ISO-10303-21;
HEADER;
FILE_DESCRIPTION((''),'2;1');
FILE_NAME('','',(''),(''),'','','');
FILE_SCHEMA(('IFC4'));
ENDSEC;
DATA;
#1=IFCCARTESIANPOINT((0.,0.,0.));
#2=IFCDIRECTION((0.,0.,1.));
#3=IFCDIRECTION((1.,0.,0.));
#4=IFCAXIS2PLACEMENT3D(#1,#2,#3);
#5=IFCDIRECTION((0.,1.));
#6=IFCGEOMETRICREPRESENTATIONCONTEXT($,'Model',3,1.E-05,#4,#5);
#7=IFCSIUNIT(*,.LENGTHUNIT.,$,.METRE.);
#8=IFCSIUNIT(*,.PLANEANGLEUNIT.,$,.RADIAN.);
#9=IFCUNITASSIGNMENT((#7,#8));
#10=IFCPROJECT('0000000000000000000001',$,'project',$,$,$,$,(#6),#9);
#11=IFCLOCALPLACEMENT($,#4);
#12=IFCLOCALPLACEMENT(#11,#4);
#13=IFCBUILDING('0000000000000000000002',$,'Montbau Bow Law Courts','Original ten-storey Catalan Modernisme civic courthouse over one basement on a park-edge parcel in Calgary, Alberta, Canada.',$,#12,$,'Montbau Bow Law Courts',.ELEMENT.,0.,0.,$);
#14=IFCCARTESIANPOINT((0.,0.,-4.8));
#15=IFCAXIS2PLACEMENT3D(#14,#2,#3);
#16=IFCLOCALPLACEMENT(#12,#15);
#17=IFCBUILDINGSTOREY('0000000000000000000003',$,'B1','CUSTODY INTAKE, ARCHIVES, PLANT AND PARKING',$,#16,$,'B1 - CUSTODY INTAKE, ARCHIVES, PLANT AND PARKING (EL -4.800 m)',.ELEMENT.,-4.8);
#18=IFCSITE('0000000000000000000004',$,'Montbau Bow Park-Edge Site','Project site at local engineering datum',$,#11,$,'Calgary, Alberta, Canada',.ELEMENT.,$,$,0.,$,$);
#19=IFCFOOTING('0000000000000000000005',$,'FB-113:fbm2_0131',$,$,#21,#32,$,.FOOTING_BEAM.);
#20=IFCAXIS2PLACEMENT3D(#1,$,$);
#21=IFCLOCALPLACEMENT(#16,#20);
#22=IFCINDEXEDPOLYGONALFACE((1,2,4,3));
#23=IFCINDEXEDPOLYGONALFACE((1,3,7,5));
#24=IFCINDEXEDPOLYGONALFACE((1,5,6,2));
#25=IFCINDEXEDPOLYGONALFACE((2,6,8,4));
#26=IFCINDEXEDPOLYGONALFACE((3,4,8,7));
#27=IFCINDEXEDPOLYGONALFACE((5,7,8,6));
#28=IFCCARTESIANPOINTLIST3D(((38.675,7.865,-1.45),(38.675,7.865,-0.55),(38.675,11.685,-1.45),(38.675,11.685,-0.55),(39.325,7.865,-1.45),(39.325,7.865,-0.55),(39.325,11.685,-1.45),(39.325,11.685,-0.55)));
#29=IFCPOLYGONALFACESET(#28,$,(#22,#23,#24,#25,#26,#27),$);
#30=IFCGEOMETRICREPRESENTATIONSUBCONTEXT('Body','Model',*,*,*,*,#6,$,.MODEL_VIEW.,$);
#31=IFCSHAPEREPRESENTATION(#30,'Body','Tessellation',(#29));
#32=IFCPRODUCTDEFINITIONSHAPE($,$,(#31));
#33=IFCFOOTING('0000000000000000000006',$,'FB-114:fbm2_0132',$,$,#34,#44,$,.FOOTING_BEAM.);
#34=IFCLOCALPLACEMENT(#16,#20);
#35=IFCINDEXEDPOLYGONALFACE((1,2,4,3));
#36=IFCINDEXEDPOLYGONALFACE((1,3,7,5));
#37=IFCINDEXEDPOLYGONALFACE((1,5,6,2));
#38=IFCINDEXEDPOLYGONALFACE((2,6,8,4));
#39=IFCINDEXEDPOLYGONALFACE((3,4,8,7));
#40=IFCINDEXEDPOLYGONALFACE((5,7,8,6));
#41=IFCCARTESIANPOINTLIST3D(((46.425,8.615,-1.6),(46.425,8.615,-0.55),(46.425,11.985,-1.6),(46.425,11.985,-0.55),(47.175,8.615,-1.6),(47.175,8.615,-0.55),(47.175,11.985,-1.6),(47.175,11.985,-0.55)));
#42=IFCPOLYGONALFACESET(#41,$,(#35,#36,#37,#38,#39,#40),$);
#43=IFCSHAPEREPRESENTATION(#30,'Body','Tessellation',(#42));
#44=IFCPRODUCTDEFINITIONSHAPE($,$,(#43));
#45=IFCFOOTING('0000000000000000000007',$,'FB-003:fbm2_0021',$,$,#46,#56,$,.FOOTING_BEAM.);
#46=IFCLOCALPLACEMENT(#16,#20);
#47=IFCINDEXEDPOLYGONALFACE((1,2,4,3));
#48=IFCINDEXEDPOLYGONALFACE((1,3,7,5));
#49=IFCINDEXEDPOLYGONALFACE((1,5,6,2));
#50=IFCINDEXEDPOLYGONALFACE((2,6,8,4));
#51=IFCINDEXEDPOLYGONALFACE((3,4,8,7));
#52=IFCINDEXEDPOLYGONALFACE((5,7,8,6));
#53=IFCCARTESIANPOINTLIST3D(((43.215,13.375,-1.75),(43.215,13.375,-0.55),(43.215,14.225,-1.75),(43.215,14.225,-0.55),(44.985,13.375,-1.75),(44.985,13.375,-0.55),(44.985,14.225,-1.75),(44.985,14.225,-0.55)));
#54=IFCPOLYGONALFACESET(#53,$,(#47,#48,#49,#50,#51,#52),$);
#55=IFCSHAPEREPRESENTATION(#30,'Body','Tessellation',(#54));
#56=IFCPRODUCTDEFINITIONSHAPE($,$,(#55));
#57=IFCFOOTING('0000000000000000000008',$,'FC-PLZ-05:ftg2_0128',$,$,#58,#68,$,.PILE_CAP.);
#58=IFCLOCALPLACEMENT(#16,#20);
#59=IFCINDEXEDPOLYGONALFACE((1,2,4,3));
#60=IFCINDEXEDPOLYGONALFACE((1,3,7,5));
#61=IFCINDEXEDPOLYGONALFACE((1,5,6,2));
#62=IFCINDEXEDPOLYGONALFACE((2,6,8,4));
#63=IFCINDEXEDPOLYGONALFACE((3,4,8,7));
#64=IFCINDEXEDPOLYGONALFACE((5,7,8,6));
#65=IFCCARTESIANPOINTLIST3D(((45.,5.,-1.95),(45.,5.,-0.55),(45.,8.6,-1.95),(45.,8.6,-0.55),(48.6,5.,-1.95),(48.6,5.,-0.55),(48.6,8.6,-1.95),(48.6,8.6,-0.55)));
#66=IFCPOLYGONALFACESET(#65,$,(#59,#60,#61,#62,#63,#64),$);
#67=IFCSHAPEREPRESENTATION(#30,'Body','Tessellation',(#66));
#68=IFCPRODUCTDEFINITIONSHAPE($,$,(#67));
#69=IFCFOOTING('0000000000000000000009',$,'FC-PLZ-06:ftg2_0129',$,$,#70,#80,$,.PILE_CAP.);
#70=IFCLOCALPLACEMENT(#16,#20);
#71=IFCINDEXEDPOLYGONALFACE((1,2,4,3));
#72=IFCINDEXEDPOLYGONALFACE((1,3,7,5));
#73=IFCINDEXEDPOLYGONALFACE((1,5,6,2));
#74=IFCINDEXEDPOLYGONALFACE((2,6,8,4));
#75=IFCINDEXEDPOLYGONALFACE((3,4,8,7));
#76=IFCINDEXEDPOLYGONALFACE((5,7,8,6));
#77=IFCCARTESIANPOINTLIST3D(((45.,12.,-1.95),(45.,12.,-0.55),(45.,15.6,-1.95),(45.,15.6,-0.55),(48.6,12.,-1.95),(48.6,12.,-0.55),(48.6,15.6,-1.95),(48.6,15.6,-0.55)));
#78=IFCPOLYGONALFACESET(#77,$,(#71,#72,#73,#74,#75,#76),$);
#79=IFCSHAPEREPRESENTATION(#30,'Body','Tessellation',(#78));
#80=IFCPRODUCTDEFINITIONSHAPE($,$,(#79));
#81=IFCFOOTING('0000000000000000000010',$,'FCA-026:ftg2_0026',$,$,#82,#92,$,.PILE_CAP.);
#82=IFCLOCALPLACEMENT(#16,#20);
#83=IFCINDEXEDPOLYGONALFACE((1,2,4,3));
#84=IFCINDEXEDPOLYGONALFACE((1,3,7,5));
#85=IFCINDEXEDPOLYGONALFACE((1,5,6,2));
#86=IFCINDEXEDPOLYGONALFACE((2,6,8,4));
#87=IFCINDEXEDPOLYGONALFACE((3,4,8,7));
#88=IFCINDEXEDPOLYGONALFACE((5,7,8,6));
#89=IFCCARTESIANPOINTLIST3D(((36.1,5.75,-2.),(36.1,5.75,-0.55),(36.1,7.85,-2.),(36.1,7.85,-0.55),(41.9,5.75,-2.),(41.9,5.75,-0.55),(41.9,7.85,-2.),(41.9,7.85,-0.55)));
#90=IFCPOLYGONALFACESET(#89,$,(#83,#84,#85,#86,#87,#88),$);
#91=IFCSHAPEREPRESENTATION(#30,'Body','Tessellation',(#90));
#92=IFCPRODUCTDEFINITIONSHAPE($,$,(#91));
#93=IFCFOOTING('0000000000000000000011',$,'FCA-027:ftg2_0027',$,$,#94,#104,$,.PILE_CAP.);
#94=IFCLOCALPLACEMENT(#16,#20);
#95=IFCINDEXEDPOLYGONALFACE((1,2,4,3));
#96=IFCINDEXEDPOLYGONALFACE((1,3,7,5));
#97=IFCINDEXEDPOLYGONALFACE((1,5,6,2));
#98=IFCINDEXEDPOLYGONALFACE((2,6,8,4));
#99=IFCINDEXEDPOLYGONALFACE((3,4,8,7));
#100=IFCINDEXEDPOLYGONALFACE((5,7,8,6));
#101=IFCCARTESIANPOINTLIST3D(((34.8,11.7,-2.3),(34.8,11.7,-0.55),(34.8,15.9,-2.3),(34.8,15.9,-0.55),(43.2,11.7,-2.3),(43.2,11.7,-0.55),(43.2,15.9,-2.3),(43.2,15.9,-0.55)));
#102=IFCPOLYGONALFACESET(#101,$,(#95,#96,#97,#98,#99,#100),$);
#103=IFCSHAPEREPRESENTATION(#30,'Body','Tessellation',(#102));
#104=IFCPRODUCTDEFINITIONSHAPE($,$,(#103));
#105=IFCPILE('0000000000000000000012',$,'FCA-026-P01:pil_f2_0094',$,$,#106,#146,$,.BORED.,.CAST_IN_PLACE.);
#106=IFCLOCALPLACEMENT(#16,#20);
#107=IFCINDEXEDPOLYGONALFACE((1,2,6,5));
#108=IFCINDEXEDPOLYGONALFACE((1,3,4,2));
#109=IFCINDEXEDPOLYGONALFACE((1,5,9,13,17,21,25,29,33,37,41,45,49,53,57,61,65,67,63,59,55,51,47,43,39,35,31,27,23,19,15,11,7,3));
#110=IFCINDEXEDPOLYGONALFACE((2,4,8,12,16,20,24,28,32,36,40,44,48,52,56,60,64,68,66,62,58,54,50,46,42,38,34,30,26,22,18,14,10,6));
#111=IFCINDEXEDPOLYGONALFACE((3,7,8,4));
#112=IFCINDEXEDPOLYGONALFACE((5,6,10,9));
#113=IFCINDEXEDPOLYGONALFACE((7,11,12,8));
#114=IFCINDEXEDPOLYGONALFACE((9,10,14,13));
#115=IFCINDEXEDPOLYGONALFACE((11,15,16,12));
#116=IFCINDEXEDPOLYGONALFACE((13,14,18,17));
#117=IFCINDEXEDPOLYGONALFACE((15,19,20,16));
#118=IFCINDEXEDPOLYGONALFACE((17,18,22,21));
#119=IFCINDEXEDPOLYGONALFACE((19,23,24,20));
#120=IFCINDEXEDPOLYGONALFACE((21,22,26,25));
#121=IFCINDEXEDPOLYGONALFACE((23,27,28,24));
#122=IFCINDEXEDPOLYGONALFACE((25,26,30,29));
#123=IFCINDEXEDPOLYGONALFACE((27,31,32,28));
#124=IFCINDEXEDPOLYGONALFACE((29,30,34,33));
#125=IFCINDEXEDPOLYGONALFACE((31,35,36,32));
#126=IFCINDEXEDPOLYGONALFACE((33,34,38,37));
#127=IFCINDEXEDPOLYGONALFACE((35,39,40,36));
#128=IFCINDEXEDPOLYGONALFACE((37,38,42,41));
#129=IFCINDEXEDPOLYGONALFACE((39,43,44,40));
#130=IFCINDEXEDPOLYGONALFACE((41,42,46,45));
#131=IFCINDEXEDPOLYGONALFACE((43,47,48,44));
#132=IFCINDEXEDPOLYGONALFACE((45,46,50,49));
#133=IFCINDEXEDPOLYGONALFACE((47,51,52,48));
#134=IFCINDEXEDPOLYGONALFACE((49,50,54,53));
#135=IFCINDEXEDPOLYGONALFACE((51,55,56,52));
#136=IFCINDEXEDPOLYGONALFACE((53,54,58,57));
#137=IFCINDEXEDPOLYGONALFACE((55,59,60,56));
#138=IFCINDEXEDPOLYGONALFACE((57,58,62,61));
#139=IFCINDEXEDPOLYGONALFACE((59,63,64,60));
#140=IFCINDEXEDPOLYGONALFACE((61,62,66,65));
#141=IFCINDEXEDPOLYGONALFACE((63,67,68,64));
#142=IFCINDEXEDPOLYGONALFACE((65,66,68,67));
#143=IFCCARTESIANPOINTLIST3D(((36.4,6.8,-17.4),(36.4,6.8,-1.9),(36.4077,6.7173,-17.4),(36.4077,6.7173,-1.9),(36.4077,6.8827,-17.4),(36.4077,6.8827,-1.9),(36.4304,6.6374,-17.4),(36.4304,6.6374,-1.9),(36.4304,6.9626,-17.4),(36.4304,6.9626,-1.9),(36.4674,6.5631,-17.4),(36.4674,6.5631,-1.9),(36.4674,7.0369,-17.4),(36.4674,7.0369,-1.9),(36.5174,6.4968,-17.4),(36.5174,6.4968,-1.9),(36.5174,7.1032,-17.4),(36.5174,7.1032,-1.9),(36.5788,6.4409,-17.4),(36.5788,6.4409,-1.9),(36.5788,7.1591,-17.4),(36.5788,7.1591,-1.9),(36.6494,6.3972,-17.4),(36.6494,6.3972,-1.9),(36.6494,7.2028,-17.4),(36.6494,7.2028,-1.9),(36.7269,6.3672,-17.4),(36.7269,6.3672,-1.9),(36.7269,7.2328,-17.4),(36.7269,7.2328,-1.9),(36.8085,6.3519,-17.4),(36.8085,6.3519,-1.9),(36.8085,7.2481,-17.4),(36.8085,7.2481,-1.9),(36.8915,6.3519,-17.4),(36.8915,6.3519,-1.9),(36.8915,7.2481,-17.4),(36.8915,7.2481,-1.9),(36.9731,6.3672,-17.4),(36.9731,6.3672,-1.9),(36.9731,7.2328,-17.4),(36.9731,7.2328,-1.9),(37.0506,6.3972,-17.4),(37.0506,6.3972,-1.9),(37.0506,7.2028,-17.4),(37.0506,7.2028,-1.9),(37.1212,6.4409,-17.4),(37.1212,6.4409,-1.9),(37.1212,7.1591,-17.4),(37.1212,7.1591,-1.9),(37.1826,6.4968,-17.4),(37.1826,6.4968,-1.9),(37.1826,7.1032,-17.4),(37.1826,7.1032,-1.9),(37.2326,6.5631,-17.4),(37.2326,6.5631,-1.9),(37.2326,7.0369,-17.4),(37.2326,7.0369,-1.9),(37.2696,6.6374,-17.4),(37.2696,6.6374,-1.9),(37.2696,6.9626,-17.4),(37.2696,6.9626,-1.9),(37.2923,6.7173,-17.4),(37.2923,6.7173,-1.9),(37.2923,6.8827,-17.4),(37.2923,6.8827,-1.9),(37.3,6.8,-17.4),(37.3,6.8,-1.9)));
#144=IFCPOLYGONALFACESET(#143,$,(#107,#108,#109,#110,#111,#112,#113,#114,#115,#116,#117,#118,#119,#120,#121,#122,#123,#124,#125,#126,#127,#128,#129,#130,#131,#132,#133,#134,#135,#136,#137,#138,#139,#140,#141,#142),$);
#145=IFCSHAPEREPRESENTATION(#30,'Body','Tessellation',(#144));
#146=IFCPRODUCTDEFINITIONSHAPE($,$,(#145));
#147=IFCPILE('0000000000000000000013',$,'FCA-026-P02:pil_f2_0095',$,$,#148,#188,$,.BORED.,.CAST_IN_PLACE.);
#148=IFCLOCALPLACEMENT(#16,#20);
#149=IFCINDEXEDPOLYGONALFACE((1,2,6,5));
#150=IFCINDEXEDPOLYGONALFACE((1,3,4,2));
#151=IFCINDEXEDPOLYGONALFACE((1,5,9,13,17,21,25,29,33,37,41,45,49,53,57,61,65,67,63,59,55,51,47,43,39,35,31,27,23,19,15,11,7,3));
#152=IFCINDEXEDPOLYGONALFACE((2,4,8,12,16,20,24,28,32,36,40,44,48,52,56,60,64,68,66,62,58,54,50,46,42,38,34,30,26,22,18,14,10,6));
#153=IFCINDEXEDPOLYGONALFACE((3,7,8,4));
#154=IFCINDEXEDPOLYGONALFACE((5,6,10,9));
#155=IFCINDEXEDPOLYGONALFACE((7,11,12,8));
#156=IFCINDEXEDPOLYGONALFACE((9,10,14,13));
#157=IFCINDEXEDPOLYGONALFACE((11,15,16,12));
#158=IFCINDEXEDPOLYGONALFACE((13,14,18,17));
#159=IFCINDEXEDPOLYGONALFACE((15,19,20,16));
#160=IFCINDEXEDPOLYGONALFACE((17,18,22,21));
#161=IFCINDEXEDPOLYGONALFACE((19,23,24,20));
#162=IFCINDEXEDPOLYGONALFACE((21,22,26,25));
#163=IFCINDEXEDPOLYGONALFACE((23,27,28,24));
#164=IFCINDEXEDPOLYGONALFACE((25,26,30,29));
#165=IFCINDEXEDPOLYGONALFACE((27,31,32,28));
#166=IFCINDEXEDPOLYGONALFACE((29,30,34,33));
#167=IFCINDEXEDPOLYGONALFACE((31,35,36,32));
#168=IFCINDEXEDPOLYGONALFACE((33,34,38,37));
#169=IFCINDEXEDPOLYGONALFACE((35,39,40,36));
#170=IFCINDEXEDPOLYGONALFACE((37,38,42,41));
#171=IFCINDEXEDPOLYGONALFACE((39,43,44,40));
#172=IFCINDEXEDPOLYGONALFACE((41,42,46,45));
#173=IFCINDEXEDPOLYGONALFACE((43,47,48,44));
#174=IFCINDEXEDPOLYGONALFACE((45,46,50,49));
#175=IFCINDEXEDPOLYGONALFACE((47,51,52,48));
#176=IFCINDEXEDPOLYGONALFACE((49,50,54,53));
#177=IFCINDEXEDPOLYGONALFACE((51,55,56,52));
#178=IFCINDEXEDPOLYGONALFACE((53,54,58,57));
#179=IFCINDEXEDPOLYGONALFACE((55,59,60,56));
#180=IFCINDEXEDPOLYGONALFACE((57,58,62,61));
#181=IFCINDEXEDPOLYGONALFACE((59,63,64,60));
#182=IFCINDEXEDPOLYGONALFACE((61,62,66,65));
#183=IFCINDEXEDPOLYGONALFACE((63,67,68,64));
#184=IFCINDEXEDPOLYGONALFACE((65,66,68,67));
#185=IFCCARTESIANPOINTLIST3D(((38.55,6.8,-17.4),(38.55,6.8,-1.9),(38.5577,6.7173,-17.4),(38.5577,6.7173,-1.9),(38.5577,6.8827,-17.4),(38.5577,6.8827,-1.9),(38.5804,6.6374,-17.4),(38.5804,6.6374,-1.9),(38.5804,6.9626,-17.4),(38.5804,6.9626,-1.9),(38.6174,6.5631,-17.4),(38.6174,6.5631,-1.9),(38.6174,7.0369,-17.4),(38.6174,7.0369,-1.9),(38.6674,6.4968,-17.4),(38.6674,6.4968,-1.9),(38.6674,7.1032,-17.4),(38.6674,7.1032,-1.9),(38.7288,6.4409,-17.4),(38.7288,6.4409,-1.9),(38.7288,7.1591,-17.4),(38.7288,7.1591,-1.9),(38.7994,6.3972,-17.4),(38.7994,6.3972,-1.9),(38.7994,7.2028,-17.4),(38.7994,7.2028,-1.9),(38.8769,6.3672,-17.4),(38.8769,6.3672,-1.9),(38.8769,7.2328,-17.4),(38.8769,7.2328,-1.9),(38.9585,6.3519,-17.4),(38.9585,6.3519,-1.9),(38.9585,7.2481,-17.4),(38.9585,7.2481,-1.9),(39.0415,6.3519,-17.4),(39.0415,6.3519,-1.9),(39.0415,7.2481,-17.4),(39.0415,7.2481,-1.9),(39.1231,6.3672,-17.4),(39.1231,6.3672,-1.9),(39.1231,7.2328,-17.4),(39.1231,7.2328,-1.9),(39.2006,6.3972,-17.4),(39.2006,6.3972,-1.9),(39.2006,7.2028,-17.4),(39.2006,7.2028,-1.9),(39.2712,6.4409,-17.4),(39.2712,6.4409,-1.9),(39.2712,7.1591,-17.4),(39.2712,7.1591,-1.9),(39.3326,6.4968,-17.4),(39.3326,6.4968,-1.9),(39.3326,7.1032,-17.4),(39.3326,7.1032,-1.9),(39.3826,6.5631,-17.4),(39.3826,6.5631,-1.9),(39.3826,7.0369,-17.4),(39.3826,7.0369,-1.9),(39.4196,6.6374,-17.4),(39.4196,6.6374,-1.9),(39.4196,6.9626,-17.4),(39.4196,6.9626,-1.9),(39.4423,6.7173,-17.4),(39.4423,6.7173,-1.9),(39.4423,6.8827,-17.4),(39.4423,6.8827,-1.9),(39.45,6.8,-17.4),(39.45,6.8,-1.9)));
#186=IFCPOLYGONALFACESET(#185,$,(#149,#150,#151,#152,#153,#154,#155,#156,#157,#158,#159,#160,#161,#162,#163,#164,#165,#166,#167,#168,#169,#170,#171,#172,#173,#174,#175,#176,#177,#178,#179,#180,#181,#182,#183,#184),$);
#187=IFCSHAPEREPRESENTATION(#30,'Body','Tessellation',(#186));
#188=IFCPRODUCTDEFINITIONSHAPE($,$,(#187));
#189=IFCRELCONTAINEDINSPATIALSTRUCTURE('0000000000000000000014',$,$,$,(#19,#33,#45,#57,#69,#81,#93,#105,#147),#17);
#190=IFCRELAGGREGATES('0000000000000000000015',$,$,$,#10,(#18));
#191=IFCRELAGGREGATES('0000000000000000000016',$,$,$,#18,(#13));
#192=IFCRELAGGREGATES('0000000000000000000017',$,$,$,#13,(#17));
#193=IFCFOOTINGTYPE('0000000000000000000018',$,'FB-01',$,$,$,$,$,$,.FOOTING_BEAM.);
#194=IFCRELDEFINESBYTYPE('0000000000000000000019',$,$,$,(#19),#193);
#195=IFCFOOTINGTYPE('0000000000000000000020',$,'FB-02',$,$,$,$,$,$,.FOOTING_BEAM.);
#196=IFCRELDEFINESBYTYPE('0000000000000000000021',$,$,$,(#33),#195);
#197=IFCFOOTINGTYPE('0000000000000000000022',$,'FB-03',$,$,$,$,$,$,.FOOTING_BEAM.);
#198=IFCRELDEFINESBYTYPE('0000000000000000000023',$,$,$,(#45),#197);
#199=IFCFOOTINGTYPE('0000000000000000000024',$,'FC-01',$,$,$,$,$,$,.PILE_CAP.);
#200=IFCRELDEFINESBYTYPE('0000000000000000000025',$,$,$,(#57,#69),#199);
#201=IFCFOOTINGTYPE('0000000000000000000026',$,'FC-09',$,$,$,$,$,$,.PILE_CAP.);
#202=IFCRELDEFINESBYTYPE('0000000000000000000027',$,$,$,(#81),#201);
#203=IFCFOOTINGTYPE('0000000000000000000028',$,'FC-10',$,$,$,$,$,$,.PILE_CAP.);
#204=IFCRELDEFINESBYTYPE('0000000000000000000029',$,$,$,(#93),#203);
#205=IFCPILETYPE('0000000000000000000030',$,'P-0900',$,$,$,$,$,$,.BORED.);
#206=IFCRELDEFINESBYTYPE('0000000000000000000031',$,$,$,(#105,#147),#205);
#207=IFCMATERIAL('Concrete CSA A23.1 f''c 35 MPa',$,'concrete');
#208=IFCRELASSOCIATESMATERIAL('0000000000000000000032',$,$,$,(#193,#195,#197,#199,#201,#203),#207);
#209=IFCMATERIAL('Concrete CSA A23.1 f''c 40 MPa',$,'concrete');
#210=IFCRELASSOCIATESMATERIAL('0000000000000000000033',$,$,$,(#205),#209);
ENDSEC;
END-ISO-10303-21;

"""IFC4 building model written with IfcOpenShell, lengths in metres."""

from ifc_helpers import new_model, si_unit, direction, frame, origin_with_axes, origin_2d_with_axis, place, context, subcontext, project, spatial, rectangle, circle, extrude, material, material_profile, profile_set, type_object, element, save


model = new_model("IFC4")

# Units and contexts
model_context = context("Model", 3, precision=1e-05, world=origin_with_axes(), true_north=direction((0.0, 1.0)))
body_context = subcontext(model_context, "Body", "Model", "MODEL_VIEW")
ifc_project = project(units=[si_unit("LENGTHUNIT", "METRE"), si_unit("PLANEANGLEUNIT", "RADIAN")], contexts=[model_context])

# Site, building, storey
site_placement = place(None, origin_with_axes())
site = spatial("IfcSite", under=ifc_project, at=site_placement, Name="Montbau Bow Park-Edge Site", Description="Project site at local engineering datum", LongName="Calgary, Alberta, Canada", CompositionType="ELEMENT", RefElevation=0.0)
building_placement = place(site_placement, origin_with_axes())
building = spatial("IfcBuilding", under=site, at=building_placement, Name="Montbau Bow Law Courts", Description="Original ten-storey Catalan Modernisme civic courthouse over one basement on a park-edge parcel in Calgary, Alberta, Canada.", LongName="Montbau Bow Law Courts", CompositionType="ELEMENT", ElevationOfRefHeight=0.0, ElevationOfTerrain=0.0)
storey_placement = place(building_placement, frame((0.0, 0.0, -4.8), z_axis=(0.0, 0.0, 1.0), x_axis=(1.0, 0.0, 0.0)))
storey = spatial("IfcBuildingStorey", under=building, at=storey_placement, Name="B1", Description="CUSTODY INTAKE, ARCHIVES, PLANT AND PARKING", LongName="B1 - CUSTODY INTAKE, ARCHIVES, PLANT AND PARKING (EL -4.800 m)", CompositionType="ELEMENT", Elevation=-4.8)

# Footings
ifc_material_1 = material(Name="Concrete CSA A23.1 f'c 35 MPa", Category="concrete")
footing_type_1 = type_object("IfcFootingType", Name="FB-01", PredefinedType="FOOTING_BEAM", material=ifc_material_1)
footing_1_placement = place(None, frame((39.0, 9.775, -6.25), z_axis=(0.0, 0.0, 1.0), x_axis=(0.0, 1.0, 0.0)))
element("IfcFooting", 1, at=footing_1_placement, inside=storey, type_object=footing_type_1, Name="FB-113:fbm2_0131", PredefinedType="FOOTING_BEAM", context=body_context, shape_type="SweptSolid", body=[
    extrude(rectangle(XDim=3.82, YDim=0.65, at=origin_2d_with_axis()), origin_with_axes(), (0.0, 0.0, 1.0), 0.9),
])
footing_type_2 = type_object("IfcFootingType", Name="FB-02", PredefinedType="FOOTING_BEAM", material=ifc_material_1)
footing_2_placement = place(None, frame((46.8, 10.3, -6.4), z_axis=(0.0, 0.0, 1.0), x_axis=(0.0, 1.0, 0.0)))
element("IfcFooting", 2, at=footing_2_placement, inside=storey, type_object=footing_type_2, Name="FB-114:fbm2_0132", PredefinedType="FOOTING_BEAM", context=body_context, shape_type="SweptSolid", body=[
    extrude(rectangle(XDim=3.37, YDim=0.75, at=origin_2d_with_axis()), origin_with_axes(), (0.0, 0.0, 1.0), 1.05),
])
footing_type_3 = type_object("IfcFootingType", Name="FB-03", PredefinedType="FOOTING_BEAM", material=ifc_material_1)
footing_3_placement = place(None, frame((44.1, 13.8, -6.55), z_axis=(0.0, 0.0, 1.0), x_axis=(1.0, 0.0, 0.0)))
element("IfcFooting", 3, at=footing_3_placement, inside=storey, type_object=footing_type_3, Name="FB-003:fbm2_0021", PredefinedType="FOOTING_BEAM", context=body_context, shape_type="SweptSolid", body=[
    extrude(rectangle(XDim=1.77, YDim=0.85, at=origin_2d_with_axis()), origin_with_axes(), (0.0, 0.0, 1.0), 1.2),
])
footing_type_4 = type_object("IfcFootingType", Name="FC-01", PredefinedType="PILE_CAP", material=ifc_material_1)
for number, where, z_axis, x_axis, name in (
    (4, (46.8, 6.8, -6.75), (0.0, 0.0, 1.0), (1.0, 0.0, 0.0), "FC-PLZ-05:ftg2_0128"),
    (5, (46.8, 13.8, -6.75), (0.0, 0.0, 1.0), (1.0, 0.0, 0.0), "FC-PLZ-06:ftg2_0129"),
):
    element("IfcFooting", number, at=place(None, frame(where, z_axis=z_axis, x_axis=x_axis)), inside=storey, type_object=footing_type_4, Name=name, PredefinedType="PILE_CAP", context=body_context, shape_type="SweptSolid", body=[
        extrude(rectangle(XDim=3.6, YDim=3.6, at=origin_2d_with_axis()), origin_with_axes(), (0.0, 0.0, 1.0), 1.4),
    ])
footing_type_5 = type_object("IfcFootingType", Name="FC-09", PredefinedType="PILE_CAP", material=ifc_material_1)
footing_4_placement = place(None, frame((39.0, 6.8, -6.8), z_axis=(0.0, 0.0, 1.0), x_axis=(1.0, 0.0, 0.0)))
element("IfcFooting", 6, at=footing_4_placement, inside=storey, type_object=footing_type_5, Name="FCA-026:ftg2_0026", PredefinedType="PILE_CAP", context=body_context, shape_type="SweptSolid", body=[
    extrude(rectangle(XDim=5.8, YDim=2.1, at=origin_2d_with_axis()), origin_with_axes(), (0.0, 0.0, 1.0), 1.45),
])
footing_type_6 = type_object("IfcFootingType", Name="FC-10", PredefinedType="PILE_CAP", material=ifc_material_1)
footing_5_placement = place(None, frame((39.0, 13.8, -7.1), z_axis=(0.0, 0.0, 1.0), x_axis=(1.0, 0.0, 0.0)))
element("IfcFooting", 7, at=footing_5_placement, inside=storey, type_object=footing_type_6, Name="FCA-027:ftg2_0027", PredefinedType="PILE_CAP", context=body_context, shape_type="SweptSolid", body=[
    extrude(rectangle(XDim=8.4, YDim=4.2, at=origin_2d_with_axis()), origin_with_axes(), (0.0, 0.0, 1.0), 1.75),
])

# Piles
ifc_material_2 = material(Name="Concrete CSA A23.1 f'c 40 MPa", Category="concrete")
ifc_material_profile_1 = material_profile(ifc_material_2, circle(Radius=0.45, at=origin_2d_with_axis()), Name="BP900", Category="Main", Priority=0)
ifc_profile_set_1 = profile_set([ifc_material_profile_1], Name="Concrete CSA A23.1 f'c 40 MPa")
pile_type_1 = type_object("IfcPileType", Name="P-0900", PredefinedType="BORED", material=ifc_profile_set_1)
for number, where, z_axis, x_axis, name in (
    (8, (36.85, 6.8, -22.2), (0.0, 0.0, 1.0), (1.0, 0.0, 0.0), "FCA-026-P01:pil_f2_0094"),
    (9, (39.0, 6.8, -22.2), (0.0, 0.0, 1.0), (1.0, 0.0, 0.0), "FCA-026-P02:pil_f2_0095"),
):
    element("IfcPile", number, at=place(None, frame(where, z_axis=z_axis, x_axis=x_axis)), inside=storey, type_object=pile_type_1, Name=name, ConstructionType="CAST_IN_PLACE", PredefinedType="BORED", context=body_context, shape_type="SweptSolid", body=[
        extrude(circle(Radius=0.45, at=origin_2d_with_axis()), origin_with_axes(), (0.0, 0.0, 1.0), 15.5),
    ])

save(model, "model.ifc")
